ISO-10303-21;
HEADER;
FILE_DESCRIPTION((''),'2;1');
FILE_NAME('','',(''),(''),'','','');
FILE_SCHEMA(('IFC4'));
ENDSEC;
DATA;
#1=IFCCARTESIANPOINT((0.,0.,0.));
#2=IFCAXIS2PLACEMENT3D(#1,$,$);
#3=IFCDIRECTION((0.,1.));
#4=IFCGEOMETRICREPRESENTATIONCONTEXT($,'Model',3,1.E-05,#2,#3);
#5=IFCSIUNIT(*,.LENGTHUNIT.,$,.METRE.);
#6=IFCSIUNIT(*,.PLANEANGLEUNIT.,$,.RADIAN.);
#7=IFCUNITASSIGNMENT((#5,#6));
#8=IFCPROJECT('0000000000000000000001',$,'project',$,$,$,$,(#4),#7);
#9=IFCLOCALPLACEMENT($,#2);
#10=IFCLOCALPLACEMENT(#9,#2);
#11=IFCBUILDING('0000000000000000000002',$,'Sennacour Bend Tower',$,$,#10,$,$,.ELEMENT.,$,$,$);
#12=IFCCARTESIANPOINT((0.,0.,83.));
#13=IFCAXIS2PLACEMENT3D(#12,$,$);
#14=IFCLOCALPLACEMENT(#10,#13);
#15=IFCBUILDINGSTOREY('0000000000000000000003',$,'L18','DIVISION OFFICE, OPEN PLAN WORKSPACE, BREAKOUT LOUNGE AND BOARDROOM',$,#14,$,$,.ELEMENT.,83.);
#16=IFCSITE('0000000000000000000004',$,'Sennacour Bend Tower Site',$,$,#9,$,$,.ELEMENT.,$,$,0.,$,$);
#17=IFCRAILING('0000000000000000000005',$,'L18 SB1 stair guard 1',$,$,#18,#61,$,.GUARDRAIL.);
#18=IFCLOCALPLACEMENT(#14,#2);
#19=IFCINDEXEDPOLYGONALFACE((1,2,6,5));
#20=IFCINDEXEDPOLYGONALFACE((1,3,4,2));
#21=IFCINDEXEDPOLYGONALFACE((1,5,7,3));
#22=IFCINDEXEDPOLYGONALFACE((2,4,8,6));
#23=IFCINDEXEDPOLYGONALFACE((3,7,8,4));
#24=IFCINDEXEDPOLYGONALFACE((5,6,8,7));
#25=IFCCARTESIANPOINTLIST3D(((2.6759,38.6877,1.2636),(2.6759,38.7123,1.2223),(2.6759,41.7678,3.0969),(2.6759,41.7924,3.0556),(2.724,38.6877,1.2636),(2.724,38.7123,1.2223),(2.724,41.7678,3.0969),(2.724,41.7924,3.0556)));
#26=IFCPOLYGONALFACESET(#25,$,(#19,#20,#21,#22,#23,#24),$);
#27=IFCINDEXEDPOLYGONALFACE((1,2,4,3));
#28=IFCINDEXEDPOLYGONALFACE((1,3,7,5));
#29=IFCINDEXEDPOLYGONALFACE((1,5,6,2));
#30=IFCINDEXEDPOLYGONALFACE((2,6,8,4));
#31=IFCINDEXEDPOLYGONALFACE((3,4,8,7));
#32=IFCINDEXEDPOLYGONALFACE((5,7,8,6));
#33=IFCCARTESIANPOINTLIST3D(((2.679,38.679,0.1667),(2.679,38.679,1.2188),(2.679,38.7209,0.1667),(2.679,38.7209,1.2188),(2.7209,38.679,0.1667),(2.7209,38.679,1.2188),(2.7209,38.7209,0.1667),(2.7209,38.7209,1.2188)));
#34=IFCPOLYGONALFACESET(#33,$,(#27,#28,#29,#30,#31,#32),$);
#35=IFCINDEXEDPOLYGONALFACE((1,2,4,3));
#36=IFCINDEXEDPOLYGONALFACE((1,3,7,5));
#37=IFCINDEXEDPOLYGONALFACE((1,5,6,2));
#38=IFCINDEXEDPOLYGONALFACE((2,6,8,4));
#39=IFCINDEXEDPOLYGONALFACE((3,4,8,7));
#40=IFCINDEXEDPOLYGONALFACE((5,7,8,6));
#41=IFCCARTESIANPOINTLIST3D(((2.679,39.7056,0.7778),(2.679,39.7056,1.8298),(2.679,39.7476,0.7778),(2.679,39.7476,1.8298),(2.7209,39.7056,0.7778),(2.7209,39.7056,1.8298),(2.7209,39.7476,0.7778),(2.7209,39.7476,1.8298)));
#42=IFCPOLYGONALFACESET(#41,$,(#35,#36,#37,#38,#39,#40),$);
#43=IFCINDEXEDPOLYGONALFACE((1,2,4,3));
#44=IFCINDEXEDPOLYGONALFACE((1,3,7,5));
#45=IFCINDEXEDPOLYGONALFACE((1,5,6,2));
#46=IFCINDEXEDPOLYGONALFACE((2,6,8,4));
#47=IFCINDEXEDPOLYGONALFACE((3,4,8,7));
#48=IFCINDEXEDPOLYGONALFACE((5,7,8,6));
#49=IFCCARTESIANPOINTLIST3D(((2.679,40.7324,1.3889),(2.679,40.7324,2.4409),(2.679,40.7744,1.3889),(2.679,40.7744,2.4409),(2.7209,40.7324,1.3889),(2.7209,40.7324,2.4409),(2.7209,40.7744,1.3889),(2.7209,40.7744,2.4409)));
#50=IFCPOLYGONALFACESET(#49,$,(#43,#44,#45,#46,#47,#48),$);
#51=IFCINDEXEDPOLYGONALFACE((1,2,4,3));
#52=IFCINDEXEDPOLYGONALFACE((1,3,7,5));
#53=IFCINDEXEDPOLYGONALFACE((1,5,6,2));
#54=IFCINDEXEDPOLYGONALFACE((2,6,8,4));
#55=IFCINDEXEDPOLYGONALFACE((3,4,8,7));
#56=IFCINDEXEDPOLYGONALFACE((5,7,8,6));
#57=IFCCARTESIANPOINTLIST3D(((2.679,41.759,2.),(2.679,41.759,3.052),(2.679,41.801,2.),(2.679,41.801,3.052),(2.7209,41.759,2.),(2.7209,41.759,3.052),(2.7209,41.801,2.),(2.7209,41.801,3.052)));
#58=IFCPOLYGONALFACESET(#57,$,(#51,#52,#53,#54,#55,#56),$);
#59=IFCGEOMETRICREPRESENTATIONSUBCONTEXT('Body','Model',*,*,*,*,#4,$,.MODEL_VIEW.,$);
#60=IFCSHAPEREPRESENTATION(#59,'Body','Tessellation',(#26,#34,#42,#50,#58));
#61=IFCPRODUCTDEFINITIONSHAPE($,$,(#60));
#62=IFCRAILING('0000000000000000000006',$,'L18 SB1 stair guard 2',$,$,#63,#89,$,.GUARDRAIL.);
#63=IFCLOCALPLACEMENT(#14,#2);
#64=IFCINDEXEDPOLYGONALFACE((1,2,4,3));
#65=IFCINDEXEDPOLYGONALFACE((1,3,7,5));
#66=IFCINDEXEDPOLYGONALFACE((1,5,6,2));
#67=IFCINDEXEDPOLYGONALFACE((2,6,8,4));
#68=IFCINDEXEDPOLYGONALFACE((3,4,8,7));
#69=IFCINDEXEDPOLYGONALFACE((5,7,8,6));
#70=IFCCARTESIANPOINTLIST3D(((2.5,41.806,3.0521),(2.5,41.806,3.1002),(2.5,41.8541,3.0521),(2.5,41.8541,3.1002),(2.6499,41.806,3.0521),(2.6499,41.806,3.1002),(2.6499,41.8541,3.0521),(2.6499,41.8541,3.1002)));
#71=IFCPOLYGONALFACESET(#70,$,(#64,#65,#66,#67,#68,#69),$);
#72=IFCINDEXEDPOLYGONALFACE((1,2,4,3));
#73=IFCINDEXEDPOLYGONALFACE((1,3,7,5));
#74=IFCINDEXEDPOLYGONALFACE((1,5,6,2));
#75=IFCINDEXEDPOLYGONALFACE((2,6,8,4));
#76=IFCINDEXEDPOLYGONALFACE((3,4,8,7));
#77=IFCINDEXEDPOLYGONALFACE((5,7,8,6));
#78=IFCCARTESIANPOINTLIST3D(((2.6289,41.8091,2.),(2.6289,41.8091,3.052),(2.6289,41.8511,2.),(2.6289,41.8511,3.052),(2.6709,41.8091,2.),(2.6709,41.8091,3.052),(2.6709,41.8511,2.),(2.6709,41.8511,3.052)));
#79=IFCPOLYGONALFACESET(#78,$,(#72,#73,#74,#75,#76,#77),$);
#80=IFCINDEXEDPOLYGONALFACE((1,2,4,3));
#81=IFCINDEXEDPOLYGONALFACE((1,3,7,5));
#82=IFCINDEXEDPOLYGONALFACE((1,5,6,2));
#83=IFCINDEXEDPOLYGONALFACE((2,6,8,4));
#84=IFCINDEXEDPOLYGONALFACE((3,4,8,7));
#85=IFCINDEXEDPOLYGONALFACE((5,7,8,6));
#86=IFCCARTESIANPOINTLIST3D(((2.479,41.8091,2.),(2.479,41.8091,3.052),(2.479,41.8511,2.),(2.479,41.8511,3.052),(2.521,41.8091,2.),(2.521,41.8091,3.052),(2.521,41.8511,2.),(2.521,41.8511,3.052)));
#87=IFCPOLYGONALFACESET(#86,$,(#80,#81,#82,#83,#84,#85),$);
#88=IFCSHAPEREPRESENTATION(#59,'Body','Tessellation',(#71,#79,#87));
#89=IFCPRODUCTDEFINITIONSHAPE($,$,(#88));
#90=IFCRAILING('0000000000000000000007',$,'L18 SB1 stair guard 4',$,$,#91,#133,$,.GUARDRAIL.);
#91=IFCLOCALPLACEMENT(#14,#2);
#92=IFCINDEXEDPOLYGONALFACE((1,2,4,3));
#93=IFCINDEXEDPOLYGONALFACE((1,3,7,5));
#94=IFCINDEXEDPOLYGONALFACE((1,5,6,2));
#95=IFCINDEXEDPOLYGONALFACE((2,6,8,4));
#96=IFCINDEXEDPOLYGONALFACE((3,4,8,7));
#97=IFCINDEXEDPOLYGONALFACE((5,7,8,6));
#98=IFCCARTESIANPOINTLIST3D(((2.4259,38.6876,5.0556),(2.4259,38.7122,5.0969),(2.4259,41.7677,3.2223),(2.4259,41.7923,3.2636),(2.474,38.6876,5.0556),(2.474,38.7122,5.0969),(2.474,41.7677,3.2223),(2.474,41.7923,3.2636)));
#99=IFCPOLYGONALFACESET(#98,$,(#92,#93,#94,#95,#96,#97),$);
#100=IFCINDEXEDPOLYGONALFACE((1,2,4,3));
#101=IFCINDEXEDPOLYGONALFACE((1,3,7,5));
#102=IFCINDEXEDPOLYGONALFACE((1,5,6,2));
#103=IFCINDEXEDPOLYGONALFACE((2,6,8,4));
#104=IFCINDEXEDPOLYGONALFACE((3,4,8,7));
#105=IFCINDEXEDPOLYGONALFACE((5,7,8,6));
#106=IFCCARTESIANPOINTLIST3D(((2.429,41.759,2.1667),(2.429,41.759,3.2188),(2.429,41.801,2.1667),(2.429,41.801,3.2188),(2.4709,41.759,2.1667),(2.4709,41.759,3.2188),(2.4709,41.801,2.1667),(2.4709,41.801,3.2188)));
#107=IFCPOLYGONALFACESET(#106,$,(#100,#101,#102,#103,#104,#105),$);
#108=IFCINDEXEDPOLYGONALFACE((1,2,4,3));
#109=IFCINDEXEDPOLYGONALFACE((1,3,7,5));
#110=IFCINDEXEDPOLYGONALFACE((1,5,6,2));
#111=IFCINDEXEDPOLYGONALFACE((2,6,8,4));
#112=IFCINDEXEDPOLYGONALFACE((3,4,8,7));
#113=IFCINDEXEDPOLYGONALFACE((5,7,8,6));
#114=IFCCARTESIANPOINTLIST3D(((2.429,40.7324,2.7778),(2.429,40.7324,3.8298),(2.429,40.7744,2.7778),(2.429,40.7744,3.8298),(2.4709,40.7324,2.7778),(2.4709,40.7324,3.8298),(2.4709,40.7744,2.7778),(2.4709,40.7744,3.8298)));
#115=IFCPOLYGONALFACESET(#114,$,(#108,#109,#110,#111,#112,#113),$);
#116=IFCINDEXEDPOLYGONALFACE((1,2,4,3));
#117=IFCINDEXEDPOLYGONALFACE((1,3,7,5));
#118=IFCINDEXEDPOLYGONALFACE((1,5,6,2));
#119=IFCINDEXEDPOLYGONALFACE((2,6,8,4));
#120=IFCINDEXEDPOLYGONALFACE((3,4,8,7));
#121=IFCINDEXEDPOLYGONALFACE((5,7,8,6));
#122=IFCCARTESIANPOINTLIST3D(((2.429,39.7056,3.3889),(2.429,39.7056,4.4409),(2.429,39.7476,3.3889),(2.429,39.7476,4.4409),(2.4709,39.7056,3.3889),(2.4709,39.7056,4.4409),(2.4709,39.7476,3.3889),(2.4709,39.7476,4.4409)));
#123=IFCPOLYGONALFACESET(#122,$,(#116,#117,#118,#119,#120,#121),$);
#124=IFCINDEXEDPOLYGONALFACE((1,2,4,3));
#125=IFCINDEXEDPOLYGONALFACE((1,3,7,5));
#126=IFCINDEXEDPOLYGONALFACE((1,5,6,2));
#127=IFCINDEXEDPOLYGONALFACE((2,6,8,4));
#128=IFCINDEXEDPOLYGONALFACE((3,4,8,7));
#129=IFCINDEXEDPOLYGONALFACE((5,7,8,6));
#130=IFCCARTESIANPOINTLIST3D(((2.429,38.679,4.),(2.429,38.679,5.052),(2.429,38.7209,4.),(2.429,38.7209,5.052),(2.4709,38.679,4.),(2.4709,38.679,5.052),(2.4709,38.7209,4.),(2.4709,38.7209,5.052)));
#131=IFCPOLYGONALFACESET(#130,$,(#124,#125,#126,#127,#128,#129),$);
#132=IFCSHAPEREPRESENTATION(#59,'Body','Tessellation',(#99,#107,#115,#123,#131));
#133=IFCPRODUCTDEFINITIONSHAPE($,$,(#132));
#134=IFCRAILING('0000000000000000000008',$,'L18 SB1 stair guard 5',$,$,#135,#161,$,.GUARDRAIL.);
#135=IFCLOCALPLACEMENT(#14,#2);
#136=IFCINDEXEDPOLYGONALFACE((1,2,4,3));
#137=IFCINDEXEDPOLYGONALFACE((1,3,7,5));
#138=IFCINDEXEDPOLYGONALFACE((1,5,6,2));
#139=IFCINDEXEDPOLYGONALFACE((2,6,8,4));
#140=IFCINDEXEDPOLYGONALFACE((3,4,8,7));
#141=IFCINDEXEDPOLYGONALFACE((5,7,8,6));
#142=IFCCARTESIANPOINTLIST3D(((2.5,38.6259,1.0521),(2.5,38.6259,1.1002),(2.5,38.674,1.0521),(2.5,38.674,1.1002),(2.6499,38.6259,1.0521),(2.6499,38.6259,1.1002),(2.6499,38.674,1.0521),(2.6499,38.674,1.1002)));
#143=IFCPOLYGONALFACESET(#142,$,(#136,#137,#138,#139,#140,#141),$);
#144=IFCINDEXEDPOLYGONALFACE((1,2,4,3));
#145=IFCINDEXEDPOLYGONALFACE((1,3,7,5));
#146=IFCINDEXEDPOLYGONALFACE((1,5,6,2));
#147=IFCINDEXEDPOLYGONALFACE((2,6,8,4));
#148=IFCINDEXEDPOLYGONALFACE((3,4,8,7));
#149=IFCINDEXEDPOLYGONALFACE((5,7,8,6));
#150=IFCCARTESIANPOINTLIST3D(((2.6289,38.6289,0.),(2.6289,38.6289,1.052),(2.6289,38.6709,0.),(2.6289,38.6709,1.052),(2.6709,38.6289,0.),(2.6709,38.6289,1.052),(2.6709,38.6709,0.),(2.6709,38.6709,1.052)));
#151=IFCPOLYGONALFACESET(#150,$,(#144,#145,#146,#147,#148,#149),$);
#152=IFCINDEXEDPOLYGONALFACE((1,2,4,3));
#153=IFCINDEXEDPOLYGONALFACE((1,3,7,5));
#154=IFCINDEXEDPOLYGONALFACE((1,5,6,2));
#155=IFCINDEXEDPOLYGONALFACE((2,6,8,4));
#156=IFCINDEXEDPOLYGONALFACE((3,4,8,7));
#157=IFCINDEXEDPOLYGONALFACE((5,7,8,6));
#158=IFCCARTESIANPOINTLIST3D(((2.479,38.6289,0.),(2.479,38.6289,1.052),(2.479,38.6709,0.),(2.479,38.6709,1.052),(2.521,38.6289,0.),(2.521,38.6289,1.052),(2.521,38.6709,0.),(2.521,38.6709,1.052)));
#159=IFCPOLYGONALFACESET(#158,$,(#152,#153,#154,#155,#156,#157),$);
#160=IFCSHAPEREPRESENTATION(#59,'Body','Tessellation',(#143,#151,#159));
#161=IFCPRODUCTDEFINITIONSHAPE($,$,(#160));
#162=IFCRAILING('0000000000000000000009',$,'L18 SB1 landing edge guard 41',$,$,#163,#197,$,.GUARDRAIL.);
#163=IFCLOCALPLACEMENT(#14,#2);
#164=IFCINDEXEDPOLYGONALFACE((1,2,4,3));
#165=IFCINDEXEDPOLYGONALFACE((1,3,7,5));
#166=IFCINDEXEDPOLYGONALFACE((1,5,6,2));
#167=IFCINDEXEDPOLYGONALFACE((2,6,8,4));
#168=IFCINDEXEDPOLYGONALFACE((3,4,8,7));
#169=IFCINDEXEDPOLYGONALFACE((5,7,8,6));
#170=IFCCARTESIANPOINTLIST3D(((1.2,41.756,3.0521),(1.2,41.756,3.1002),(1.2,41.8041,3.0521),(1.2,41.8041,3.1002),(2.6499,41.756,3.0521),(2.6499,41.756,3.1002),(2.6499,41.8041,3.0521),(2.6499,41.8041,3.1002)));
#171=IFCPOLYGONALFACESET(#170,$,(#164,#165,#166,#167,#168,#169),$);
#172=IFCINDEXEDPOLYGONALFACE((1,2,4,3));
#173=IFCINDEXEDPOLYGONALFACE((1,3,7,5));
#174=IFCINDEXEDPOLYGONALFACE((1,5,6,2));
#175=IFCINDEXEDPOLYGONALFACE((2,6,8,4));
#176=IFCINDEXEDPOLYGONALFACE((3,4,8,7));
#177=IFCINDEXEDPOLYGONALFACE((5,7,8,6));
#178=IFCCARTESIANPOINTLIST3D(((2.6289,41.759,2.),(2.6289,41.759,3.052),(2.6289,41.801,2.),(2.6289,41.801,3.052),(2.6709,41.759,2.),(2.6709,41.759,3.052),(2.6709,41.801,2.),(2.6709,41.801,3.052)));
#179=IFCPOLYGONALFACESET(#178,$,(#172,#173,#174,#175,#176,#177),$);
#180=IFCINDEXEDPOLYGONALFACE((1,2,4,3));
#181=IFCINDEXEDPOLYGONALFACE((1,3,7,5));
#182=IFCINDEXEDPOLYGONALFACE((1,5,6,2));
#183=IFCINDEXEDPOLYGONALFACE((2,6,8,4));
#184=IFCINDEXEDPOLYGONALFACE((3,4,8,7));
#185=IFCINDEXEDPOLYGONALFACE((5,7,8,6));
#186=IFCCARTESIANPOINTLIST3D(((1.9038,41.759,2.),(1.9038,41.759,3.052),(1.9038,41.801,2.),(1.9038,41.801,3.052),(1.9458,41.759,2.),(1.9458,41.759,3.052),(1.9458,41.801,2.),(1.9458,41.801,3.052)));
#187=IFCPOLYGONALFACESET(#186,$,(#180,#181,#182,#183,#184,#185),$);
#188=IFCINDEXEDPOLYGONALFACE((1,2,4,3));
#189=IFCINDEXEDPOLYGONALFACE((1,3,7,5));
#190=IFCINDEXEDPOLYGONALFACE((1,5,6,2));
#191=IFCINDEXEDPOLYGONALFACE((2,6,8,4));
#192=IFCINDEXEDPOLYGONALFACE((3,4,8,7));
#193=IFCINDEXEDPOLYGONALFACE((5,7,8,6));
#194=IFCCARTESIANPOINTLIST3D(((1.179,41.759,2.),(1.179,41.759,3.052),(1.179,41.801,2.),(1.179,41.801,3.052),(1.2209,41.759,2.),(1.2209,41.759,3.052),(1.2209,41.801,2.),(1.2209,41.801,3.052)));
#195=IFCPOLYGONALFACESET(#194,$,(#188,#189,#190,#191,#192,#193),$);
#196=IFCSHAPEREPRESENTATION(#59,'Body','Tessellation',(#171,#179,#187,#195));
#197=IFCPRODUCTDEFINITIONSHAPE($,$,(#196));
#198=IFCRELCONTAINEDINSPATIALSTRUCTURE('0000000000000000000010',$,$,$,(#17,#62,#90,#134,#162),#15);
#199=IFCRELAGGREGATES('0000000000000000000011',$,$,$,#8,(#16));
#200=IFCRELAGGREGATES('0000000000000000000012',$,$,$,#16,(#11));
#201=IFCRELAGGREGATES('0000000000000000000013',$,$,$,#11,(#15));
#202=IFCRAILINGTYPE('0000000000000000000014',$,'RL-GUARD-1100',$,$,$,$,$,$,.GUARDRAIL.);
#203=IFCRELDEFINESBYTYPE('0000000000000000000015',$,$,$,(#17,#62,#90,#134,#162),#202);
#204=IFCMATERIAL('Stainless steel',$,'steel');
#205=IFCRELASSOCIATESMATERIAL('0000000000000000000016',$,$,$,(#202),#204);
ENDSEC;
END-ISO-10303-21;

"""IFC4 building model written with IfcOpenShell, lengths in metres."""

from ifc_helpers import new_model, si_unit, direction, frame, origin, origin_2d, place, context, subcontext, project, spatial, rectangle, extrude, material, type_object, element, save


model = new_model("IFC4")

# Units and contexts
model_context = context("Model", 3, precision=1e-05, world=origin(), true_north=direction((0.0, 1.0)))
body_context = subcontext(model_context, "Body", "Model", "MODEL_VIEW")
ifc_project = project(units=[si_unit("LENGTHUNIT", "METRE"), si_unit("PLANEANGLEUNIT", "RADIAN")], contexts=[model_context])

# Site, building, storey
site_placement = place(None, origin())
site = spatial("IfcSite", under=ifc_project, at=site_placement, Name="Sennacour Bend Tower Site", CompositionType="ELEMENT", RefElevation=0.0)
building_placement = place(site_placement, origin())
building = spatial("IfcBuilding", under=site, at=building_placement, Name="Sennacour Bend Tower", CompositionType="ELEMENT")
storey_placement = place(building_placement, frame((0.0, 0.0, 83.0)))
storey = spatial("IfcBuildingStorey", under=building, at=storey_placement, Name="L18", Description="DIVISION OFFICE, OPEN PLAN WORKSPACE, BREAKOUT LOUNGE AND BOARDROOM", CompositionType="ELEMENT", Elevation=83.0)

# Railings
ifc_material_1 = material(Name="Stainless steel", Category="steel")
railing_type_1 = type_object("IfcRailingType", Name="RL-GUARD-1100", PredefinedType="GUARDRAIL", material=ifc_material_1)
railing_1_placement = place(storey_placement, frame((2.7, 38.7, 0.1667)))
element("IfcRailing", 1, at=railing_1_placement, inside=storey, type_object=railing_type_1, Name="L18 SB1 stair guard 1", PredefinedType="GUARDRAIL", context=body_context, shape_type="SweptSolid", body=[
    extrude(rectangle(XDim=0.0481, YDim=0.0481, at=origin_2d()), frame((0.0, 0.0, 1.0762), z_axis=(0.0, 0.859309, 0.511458), x_axis=(-1.0, 0.0, 0.0)), (0.0, 0.0, 1.0), 3.5845),
    extrude(rectangle(XDim=0.042, YDim=0.042, at=origin_2d()), origin(), (0.0, 0.0, 1.0), 1.052),
    extrude(rectangle(XDim=0.042, YDim=0.042, at=origin_2d()), frame((0.0, 1.0266, 0.6111)), (0.0, 0.0, 1.0), 1.052),
    extrude(rectangle(XDim=0.042, YDim=0.042, at=origin_2d()), frame((0.0, 2.0535, 1.2222)), (0.0, 0.0, 1.0), 1.052),
    extrude(rectangle(XDim=0.042, YDim=0.042, at=origin_2d()), frame((0.0, 3.0801, 1.8333)), (0.0, 0.0, 1.0), 1.052),
])
railing_2_placement = place(storey_placement, frame((2.6499, 41.8301, 2.0)))
element("IfcRailing", 2, at=railing_2_placement, inside=storey, type_object=railing_type_1, Name="L18 SB1 stair guard 2", PredefinedType="GUARDRAIL", context=body_context, shape_type="SweptSolid", body=[
    extrude(rectangle(XDim=0.0481, YDim=0.0481, at=origin_2d()), frame((0.0, 0.0, 1.0762), z_axis=(-1.0, 0.0, 0.0), x_axis=(0.0, -1.0, 0.0)), (0.0, 0.0, 1.0), 0.1499),
    extrude(rectangle(XDim=0.042, YDim=0.042, at=origin_2d()), origin(), (0.0, 0.0, 1.0), 1.052),
    extrude(rectangle(XDim=0.042, YDim=0.042, at=origin_2d()), frame((-0.1499, 0.0, 0.0)), (0.0, 0.0, 1.0), 1.052),
])
railing_3_placement = place(storey_placement, frame((2.45, 41.78, 2.1667)))
element("IfcRailing", 3, at=railing_3_placement, inside=storey, type_object=railing_type_1, Name="L18 SB1 stair guard 4", PredefinedType="GUARDRAIL", context=body_context, shape_type="SweptSolid", body=[
    extrude(rectangle(XDim=0.0481, YDim=0.0481, at=origin_2d()), frame((0.0, 0.0, 1.0762), z_axis=(0.0, -0.859309, 0.511458), x_axis=(1.0, 0.0, 0.0)), (0.0, 0.0, 1.0), 3.5845),
    extrude(rectangle(XDim=0.042, YDim=0.042, at=origin_2d()), origin(), (0.0, 0.0, 1.0), 1.052),
    extrude(rectangle(XDim=0.042, YDim=0.042, at=origin_2d()), frame((0.0, -1.0266, 0.6111)), (0.0, 0.0, 1.0), 1.052),
    extrude(rectangle(XDim=0.042, YDim=0.042, at=origin_2d()), frame((0.0, -2.0535, 1.2222)), (0.0, 0.0, 1.0), 1.052),
    extrude(rectangle(XDim=0.042, YDim=0.042, at=origin_2d()), frame((0.0, -3.0801, 1.8333)), (0.0, 0.0, 1.0), 1.052),
])
railing_4_placement = place(storey_placement, frame((2.6499, 38.6499, 0.0)))
element("IfcRailing", 4, at=railing_4_placement, inside=storey, type_object=railing_type_1, Name="L18 SB1 stair guard 5", PredefinedType="GUARDRAIL", context=body_context, shape_type="SweptSolid", body=[
    extrude(rectangle(XDim=0.0481, YDim=0.0481, at=origin_2d()), frame((0.0, 0.0, 1.0762), z_axis=(-1.0, 0.0, 0.0), x_axis=(0.0, -1.0, 0.0)), (0.0, 0.0, 1.0), 0.1499),
    extrude(rectangle(XDim=0.042, YDim=0.042, at=origin_2d()), origin(), (0.0, 0.0, 1.0), 1.052),
    extrude(rectangle(XDim=0.042, YDim=0.042, at=origin_2d()), frame((-0.1499, 0.0, 0.0)), (0.0, 0.0, 1.0), 1.052),
])
railing_5_placement = place(storey_placement, frame((2.6499, 41.78, 2.0)))
element("IfcRailing", 5, at=railing_5_placement, inside=storey, type_object=railing_type_1, Name="L18 SB1 landing edge guard 41", PredefinedType="GUARDRAIL", context=body_context, shape_type="SweptSolid", body=[
    extrude(rectangle(XDim=0.0481, YDim=0.0481, at=origin_2d()), frame((0.0, 0.0, 1.0762), z_axis=(-1.0, 0.0, 0.0), x_axis=(0.0, -1.0, 0.0)), (0.0, 0.0, 1.0), 1.45),
    extrude(rectangle(XDim=0.042, YDim=0.042, at=origin_2d()), origin(), (0.0, 0.0, 1.0), 1.052),
    extrude(rectangle(XDim=0.042, YDim=0.042, at=origin_2d()), frame((-0.7251, 0.0, 0.0)), (0.0, 0.0, 1.0), 1.052),
    extrude(rectangle(XDim=0.042, YDim=0.042, at=origin_2d()), frame((-1.45, 0.0, 0.0)), (0.0, 0.0, 1.0), 1.052),
])

save(model, "model.ifc")
